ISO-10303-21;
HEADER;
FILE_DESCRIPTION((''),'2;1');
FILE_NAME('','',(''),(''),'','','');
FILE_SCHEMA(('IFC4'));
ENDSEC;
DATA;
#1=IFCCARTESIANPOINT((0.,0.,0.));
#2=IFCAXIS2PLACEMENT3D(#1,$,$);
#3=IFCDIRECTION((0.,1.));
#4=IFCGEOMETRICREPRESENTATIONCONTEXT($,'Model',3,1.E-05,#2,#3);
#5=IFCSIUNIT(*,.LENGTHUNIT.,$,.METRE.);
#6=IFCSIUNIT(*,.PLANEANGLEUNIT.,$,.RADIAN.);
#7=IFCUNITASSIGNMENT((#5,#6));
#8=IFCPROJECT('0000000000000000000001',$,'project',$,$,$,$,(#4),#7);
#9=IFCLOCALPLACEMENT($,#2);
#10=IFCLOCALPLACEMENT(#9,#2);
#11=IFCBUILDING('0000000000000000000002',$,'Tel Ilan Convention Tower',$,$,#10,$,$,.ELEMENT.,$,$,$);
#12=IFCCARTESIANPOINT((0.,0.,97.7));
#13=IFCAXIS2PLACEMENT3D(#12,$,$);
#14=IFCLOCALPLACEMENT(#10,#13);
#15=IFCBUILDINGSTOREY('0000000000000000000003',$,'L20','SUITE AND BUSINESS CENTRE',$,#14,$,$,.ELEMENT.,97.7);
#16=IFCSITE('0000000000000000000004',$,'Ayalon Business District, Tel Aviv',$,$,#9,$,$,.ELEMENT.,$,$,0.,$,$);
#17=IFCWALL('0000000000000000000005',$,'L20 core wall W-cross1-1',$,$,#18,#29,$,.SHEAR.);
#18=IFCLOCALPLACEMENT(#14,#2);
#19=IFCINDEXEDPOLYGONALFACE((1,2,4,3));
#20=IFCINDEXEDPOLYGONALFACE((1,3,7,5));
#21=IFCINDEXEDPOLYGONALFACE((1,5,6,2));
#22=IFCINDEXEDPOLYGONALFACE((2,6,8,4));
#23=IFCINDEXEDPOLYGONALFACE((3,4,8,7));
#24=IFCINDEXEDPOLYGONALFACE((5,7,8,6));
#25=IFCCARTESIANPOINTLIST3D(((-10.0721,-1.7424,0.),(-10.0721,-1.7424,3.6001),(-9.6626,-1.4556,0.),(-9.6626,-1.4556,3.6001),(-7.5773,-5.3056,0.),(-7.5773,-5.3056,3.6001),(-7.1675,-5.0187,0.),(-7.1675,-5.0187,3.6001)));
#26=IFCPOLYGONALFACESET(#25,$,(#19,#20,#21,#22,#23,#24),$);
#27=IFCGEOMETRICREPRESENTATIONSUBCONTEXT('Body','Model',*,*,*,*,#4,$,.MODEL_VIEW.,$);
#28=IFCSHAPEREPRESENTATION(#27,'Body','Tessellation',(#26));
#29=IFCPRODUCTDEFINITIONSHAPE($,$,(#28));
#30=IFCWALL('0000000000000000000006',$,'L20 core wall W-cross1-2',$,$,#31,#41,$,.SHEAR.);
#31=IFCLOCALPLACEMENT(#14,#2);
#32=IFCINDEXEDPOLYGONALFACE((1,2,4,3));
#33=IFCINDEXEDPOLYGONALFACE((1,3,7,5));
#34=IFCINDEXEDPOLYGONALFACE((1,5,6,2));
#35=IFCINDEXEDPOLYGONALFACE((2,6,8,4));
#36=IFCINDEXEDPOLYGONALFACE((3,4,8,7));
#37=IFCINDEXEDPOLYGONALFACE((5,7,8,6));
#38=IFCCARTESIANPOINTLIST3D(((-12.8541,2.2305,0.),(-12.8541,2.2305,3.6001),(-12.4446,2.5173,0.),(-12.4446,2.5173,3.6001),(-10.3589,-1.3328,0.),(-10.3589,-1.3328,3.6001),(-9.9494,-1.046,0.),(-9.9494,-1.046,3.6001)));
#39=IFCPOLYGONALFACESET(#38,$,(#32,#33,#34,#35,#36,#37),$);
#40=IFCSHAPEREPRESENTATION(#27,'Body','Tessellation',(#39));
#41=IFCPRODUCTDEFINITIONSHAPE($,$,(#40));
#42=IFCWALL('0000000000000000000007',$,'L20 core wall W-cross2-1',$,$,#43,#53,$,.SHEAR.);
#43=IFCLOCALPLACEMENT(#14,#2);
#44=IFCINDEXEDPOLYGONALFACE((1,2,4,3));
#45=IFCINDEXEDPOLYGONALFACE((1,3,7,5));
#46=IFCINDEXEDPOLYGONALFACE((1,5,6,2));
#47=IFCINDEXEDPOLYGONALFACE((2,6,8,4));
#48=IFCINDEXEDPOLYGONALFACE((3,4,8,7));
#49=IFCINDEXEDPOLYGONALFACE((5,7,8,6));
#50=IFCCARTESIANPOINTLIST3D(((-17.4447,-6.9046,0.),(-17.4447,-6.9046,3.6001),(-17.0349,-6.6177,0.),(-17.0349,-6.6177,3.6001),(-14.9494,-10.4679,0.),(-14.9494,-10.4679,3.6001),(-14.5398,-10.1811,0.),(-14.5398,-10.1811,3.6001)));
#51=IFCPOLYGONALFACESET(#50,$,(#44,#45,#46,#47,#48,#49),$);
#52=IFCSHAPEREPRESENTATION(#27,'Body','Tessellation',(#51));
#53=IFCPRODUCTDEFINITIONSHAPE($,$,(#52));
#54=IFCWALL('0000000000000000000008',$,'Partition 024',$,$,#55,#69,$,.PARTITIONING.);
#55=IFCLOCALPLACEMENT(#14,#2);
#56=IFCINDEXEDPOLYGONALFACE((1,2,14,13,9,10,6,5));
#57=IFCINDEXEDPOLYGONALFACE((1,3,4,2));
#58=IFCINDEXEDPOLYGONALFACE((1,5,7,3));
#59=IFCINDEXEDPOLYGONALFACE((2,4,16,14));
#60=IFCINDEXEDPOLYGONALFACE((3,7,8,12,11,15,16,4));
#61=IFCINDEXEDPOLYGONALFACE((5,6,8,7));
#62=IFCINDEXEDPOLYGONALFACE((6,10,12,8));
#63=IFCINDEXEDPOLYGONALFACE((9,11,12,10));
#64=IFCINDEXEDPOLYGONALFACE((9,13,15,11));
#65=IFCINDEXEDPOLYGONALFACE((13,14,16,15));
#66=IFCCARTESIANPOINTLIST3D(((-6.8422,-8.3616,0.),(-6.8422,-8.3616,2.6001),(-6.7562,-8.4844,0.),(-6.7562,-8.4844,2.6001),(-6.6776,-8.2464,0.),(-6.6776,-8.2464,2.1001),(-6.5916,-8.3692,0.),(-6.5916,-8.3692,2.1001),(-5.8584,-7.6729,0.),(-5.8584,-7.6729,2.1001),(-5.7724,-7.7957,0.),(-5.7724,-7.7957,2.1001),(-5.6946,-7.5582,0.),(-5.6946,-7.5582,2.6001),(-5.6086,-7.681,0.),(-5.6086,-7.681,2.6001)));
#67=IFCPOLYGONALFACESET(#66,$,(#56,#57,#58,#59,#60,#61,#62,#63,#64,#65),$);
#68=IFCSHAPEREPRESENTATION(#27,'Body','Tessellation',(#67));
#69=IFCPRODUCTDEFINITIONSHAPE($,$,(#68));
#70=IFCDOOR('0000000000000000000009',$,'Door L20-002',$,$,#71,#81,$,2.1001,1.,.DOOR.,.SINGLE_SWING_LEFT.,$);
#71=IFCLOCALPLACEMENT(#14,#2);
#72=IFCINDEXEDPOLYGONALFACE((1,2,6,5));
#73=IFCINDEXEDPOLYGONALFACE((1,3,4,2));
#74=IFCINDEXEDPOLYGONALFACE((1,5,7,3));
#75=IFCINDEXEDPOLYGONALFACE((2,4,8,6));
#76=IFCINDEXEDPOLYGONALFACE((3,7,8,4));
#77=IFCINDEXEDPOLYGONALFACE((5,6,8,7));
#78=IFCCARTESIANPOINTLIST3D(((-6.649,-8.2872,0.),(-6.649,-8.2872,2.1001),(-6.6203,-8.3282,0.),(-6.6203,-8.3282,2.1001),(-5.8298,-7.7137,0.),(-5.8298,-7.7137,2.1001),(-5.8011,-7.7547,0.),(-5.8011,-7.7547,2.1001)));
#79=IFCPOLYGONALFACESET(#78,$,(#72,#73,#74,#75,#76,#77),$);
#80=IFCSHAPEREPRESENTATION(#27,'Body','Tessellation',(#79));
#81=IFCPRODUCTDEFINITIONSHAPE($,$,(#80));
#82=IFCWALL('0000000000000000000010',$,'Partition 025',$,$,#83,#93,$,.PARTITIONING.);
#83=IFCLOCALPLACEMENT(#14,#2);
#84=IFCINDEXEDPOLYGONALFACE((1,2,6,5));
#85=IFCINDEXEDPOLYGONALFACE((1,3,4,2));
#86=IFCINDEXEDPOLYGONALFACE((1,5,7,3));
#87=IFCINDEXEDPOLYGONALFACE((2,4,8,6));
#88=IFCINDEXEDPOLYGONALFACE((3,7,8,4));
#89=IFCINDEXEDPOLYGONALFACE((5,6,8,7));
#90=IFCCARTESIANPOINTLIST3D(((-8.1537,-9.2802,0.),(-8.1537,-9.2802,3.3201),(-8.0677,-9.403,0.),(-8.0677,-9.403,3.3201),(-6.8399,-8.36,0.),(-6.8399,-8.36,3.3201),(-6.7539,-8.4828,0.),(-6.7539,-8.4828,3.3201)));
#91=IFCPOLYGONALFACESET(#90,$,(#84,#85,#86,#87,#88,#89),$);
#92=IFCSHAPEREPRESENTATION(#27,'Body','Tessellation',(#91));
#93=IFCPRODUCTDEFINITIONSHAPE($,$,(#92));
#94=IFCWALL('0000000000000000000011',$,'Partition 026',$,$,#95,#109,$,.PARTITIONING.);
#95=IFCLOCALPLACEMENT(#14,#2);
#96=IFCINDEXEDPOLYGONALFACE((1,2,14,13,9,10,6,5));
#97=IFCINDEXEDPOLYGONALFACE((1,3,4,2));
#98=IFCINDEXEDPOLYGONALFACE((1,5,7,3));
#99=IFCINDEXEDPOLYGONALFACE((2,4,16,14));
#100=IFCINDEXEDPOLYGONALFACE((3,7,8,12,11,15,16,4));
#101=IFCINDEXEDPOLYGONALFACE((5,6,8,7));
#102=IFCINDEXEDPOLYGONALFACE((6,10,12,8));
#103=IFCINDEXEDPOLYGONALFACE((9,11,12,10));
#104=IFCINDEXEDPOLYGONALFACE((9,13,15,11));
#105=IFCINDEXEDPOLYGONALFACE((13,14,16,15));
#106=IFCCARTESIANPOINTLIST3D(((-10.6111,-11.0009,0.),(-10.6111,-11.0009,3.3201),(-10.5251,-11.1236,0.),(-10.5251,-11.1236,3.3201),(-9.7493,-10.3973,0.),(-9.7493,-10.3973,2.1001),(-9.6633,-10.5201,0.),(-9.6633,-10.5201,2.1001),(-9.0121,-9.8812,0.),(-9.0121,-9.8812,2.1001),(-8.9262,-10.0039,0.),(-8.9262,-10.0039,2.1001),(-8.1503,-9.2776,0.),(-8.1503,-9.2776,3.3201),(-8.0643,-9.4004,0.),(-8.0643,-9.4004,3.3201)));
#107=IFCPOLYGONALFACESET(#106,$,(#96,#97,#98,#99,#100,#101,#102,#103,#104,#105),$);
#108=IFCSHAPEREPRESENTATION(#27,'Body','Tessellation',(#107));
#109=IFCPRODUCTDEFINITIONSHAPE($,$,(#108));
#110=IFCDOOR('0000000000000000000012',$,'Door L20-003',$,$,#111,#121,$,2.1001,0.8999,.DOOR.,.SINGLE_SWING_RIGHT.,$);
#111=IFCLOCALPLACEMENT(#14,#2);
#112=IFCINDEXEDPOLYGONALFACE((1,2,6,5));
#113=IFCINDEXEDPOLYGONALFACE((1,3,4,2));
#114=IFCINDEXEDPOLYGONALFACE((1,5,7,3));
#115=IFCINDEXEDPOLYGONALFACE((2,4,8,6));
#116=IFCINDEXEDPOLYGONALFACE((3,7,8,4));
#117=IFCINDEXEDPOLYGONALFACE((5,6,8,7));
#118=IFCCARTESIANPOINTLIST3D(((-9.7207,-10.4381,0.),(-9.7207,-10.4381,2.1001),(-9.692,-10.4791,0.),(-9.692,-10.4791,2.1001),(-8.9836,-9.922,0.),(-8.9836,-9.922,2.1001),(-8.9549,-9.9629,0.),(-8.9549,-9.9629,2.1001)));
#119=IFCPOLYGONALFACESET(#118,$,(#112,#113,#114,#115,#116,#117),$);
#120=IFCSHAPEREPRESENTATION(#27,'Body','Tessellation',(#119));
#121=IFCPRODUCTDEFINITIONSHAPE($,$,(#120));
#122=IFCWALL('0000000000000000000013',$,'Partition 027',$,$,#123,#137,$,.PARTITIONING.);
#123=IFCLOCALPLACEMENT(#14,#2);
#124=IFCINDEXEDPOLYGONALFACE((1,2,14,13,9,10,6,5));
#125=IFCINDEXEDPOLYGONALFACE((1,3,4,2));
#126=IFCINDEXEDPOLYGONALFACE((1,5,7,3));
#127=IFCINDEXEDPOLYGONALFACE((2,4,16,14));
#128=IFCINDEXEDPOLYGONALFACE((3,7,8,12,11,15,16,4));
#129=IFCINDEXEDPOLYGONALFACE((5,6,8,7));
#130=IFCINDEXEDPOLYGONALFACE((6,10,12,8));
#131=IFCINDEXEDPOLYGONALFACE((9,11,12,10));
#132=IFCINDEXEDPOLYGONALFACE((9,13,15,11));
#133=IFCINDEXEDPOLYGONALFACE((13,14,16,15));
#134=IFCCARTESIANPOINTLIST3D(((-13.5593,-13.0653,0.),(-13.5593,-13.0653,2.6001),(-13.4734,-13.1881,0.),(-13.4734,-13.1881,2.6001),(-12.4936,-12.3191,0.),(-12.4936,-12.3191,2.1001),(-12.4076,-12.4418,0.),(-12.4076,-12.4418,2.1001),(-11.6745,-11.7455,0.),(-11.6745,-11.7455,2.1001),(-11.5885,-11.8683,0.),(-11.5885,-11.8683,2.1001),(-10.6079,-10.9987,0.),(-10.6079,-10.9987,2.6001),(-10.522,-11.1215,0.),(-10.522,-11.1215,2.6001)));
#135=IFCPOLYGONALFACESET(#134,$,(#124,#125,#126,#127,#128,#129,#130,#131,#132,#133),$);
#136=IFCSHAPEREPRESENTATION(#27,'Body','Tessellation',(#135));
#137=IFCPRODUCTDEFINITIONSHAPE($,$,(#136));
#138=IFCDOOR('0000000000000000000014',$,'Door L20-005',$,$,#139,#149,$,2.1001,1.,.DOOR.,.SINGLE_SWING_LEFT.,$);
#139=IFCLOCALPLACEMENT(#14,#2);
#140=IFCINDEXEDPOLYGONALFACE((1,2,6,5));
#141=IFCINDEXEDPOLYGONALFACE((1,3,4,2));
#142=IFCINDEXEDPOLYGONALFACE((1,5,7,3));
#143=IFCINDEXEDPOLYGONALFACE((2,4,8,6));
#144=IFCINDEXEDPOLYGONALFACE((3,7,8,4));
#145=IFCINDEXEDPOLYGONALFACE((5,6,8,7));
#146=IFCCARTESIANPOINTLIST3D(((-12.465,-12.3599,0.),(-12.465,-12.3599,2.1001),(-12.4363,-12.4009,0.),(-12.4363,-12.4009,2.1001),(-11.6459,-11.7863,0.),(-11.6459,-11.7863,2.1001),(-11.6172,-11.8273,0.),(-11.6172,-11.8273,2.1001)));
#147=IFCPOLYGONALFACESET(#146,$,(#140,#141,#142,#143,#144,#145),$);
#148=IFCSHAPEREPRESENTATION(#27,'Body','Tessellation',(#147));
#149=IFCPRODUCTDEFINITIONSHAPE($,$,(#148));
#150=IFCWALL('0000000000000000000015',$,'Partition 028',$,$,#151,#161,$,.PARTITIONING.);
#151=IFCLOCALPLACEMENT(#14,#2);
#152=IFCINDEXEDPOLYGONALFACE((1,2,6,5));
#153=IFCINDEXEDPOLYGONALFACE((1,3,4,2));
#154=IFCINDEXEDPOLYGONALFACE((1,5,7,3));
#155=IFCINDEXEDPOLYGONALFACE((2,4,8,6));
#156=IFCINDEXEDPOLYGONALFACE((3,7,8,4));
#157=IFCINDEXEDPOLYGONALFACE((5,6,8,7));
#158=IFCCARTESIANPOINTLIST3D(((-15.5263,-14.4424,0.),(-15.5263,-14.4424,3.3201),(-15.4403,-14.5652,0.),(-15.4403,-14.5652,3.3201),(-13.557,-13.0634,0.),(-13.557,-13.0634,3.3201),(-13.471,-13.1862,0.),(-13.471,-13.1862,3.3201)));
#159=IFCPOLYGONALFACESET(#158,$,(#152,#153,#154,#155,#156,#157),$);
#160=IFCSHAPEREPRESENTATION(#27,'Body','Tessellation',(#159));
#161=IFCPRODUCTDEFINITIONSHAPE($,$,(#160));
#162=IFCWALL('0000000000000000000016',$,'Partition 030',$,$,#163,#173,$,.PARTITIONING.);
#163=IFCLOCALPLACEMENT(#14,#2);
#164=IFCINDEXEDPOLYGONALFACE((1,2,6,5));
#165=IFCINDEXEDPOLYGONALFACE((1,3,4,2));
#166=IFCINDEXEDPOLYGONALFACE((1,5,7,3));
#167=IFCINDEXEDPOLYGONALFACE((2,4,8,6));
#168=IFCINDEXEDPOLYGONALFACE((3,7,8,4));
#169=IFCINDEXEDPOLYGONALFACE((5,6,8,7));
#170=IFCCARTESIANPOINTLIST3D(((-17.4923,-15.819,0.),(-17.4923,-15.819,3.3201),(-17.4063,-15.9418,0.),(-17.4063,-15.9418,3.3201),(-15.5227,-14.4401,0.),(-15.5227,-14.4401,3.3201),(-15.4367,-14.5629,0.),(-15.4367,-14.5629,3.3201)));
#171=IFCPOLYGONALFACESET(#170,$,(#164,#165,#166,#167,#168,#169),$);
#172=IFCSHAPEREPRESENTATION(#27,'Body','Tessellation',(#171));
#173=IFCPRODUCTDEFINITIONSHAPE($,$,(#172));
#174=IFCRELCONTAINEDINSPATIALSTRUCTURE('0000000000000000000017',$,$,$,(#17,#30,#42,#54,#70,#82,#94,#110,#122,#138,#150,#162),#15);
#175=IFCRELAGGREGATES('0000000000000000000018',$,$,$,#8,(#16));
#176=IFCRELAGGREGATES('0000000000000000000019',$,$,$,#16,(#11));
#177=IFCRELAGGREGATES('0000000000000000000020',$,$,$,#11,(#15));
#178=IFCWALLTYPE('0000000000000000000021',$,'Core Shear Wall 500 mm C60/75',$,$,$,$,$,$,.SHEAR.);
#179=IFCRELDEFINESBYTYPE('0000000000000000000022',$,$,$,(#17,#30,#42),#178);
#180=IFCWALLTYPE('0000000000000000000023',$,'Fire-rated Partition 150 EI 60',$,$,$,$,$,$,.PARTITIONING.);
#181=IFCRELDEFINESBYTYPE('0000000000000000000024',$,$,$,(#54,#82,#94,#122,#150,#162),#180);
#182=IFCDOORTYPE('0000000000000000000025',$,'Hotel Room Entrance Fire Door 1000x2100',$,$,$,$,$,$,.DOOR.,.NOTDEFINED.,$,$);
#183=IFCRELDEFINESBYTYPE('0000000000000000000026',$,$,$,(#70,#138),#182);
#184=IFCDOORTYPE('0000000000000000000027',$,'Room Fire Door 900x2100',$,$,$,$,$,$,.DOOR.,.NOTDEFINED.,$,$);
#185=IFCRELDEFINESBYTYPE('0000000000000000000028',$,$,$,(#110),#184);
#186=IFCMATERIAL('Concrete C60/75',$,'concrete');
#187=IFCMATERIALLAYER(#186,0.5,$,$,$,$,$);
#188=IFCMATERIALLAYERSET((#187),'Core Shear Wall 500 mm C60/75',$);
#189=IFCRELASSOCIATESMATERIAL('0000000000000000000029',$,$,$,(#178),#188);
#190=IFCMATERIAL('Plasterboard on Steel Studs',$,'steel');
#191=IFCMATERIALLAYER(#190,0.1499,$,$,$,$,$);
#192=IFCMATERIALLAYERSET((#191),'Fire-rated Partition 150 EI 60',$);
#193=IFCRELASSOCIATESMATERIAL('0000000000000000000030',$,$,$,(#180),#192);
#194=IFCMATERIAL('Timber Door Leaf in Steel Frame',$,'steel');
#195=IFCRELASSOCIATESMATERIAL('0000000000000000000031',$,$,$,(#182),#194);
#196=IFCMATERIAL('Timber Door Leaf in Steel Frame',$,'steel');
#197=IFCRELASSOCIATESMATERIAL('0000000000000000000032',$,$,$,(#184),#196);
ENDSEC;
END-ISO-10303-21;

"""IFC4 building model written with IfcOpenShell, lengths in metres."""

from ifc_helpers import new_model, si_unit, direction, frame, frame_2d, origin, place, context, subcontext, project, spatial, polyline, rectangle, outline, extrude, material, layer, layer_set, type_object, element, fill, save


model = new_model("IFC4")

# Units and contexts
model_context = context("Model", 3, precision=1e-05, world=origin(), true_north=direction((0.0, 1.0)))
body_context = subcontext(model_context, "Body", "Model", "MODEL_VIEW")
ifc_project = project(units=[si_unit("LENGTHUNIT", "METRE"), si_unit("PLANEANGLEUNIT", "RADIAN")], contexts=[model_context])

# Site, building, storey
site_placement = place(None, origin())
site = spatial("IfcSite", under=ifc_project, at=site_placement, Name="Ayalon Business District, Tel Aviv", CompositionType="ELEMENT", RefElevation=0.0)
building_placement = place(site_placement, origin())
building = spatial("IfcBuilding", under=site, at=building_placement, Name="Tel Ilan Convention Tower", CompositionType="ELEMENT")
storey_placement = place(building_placement, frame((0.0, 0.0, 97.7)))
storey = spatial("IfcBuildingStorey", under=building, at=storey_placement, Name="L20", Description="SUITE AND BUSINESS CENTRE", CompositionType="ELEMENT", Elevation=97.7)

# Walls
ifc_material_1 = material(Name="Concrete C60/75", Category="concrete")
ifc_layer_1 = layer(ifc_material_1, 0.5)
ifc_layer_set_1 = layer_set([ifc_layer_1], Name="Core Shear Wall 500 mm C60/75")
wall_type_1 = type_object("IfcWallType", Name="Core Shear Wall 500 mm C60/75", PredefinedType="SHEAR", material=ifc_layer_set_1)
wall_1_placement = place(storey_placement, frame((-7.3723, -5.1621, 0.0), z_axis=(0.0, 0.0, 1.0), x_axis=(-0.573594, 0.81914, 0.0)))
element("IfcWall", 1, at=wall_1_placement, inside=storey, type_object=wall_type_1, Name="L20 core wall W-cross1-1", PredefinedType="SHEAR", context=body_context, shape_type="SweptSolid", body=[
    extrude(outline(polyline([(4.3499, 0.25), (0.0, 0.2502), (0.0, -0.25), (4.3499, -0.25), (4.3499, 0.25)])), origin(), (0.0, 0.0, 1.0), 3.6001),
])
wall_2_placement = place(storey_placement, frame((-10.1543, -1.1892, 0.0), z_axis=(0.0, 0.0, 1.0), x_axis=(-0.573594, 0.81914, 0.0)))
element("IfcWall", 2, at=wall_2_placement, inside=storey, type_object=wall_type_1, Name="L20 core wall W-cross1-2", PredefinedType="SHEAR", context=body_context, shape_type="SweptSolid", body=[
    extrude(outline(polyline([(4.3499, -0.25), (4.3499, 0.25), (-0.0002, 0.25), (-0.0002, -0.25), (4.3499, -0.25)])), origin(), (0.0, 0.0, 1.0), 3.6001),
])
wall_3_placement = place(storey_placement, frame((-14.7446, -10.3245, 0.0), z_axis=(0.0, 0.0, 1.0), x_axis=(-0.573568, 0.819158, 0.0)))
element("IfcWall", 3, at=wall_3_placement, inside=storey, type_object=wall_type_1, Name="L20 core wall W-cross2-1", PredefinedType="SHEAR", context=body_context, shape_type="SweptSolid", body=[
    extrude(outline(polyline([(4.3501, 0.2502), (0.0, 0.25), (0.0, -0.25), (4.3501, -0.25), (4.3501, 0.2502)])), origin(), (0.0, 0.0, 1.0), 3.6001),
])

# Wall, opening, door
ifc_material_2 = material(Name="Plasterboard on Steel Studs", Category="steel")
ifc_layer_2 = layer(ifc_material_2, 0.1499)
ifc_layer_set_2 = layer_set([ifc_layer_2], Name="Fire-rated Partition 150 EI 60")
wall_type_2 = type_object("IfcWallType", Name="Fire-rated Partition 150 EI 60", PredefinedType="PARTITIONING", material=ifc_layer_set_2)
wall_4_placement = place(storey_placement, frame((-5.6516, -7.6196, 0.0), z_axis=(0.0, 0.0, 1.0), x_axis=(-0.819207, -0.573497, 0.0)))
wall_4 = element("IfcWall", 4, at=wall_4_placement, inside=storey, type_object=wall_type_2, Name="Partition 024", PredefinedType="PARTITIONING", context=body_context, shape_type="SweptSolid", body=[
    extrude(rectangle(XDim=1.4009, YDim=0.1499, at=frame_2d((0.7004, 0.0))), origin(), (0.0, 0.0, 1.0), 2.6001),
])
opening_1_placement = place(wall_4_placement, frame((0.2, 0.0, 0.0)))
opening_1 = element("IfcOpeningElement", 5, at=opening_1_placement, cuts=wall_4, PredefinedType="OPENING", context=body_context, shape_type="SweptSolid", body=[
    extrude(rectangle(XDim=1.0, YDim=2.1001, at=frame_2d((0.5, 1.05))), frame((0.0, 0.085, 0.0), z_axis=(0.0, -1.0, 0.0), x_axis=(1.0, 0.0, 0.0)), (0.0, 0.0, 1.0), 0.1699),
])
ifc_material_3 = material(Name="Timber Door Leaf in Steel Frame", Category="steel")
door_type_1 = type_object("IfcDoorType", Name="Hotel Room Entrance Fire Door 1000x2100", OperationType="NOTDEFINED", PredefinedType="DOOR", material=ifc_material_3)
door_1_placement = place(opening_1_placement, origin())
door_1 = element("IfcDoor", 6, at=door_1_placement, inside=storey, type_object=door_type_1, Name="Door L20-002", OperationType="SINGLE_SWING_LEFT", OverallHeight=2.1001, OverallWidth=1.0, PredefinedType="DOOR", context=body_context, shape_type="SweptSolid", body=[
    extrude(rectangle(XDim=1.0, YDim=2.1001, at=frame_2d((0.5, 1.05))), frame((0.0, 0.0249, 0.0), z_axis=(0.0, -1.0, 0.0), x_axis=(1.0, 0.0, 0.0)), (0.0, 0.0, 1.0), 0.05),
])
fill(opening_1, door_1)

# Wall
wall_5_placement = place(storey_placement, frame((-6.7969, -8.4214, 0.0), z_axis=(0.0, 0.0, 1.0), x_axis=(-0.819067, -0.573697, 0.0)))
element("IfcWall", 7, at=wall_5_placement, inside=storey, type_object=wall_type_2, Name="Partition 025", PredefinedType="PARTITIONING", context=body_context, shape_type="SweptSolid", body=[
    extrude(rectangle(XDim=1.604, YDim=0.1499, at=frame_2d((0.802, 0.0))), origin(), (0.0, 0.0, 1.0), 3.3201),
])

# Walls, openings, doors
wall_6_placement = place(storey_placement, frame((-8.1074, -9.3391, 0.0), z_axis=(0.0, 0.0, 1.0), x_axis=(-0.819129, -0.57361, 0.0)))
wall_6 = element("IfcWall", 8, at=wall_6_placement, inside=storey, type_object=wall_type_2, Name="Partition 026", PredefinedType="PARTITIONING", context=body_context, shape_type="SweptSolid", body=[
    extrude(rectangle(XDim=3.0042, YDim=0.1499, at=frame_2d((1.502, 0.0))), origin(), (0.0, 0.0, 1.0), 3.3201),
])
opening_2_placement = place(wall_6_placement, frame((1.052, 0.0, 0.0)))
opening_2 = element("IfcOpeningElement", 9, at=opening_2_placement, cuts=wall_6, PredefinedType="OPENING", context=body_context, shape_type="SweptSolid", body=[
    extrude(rectangle(XDim=0.8999, YDim=2.1001, at=frame_2d((0.45, 1.05))), frame((0.0, 0.085, 0.0), z_axis=(0.0, -1.0, 0.0), x_axis=(1.0, 0.0, 0.0)), (0.0, 0.0, 1.0), 0.1699),
])
ifc_material_4 = material(Name="Timber Door Leaf in Steel Frame", Category="steel")
door_type_2 = type_object("IfcDoorType", Name="Room Fire Door 900x2100", OperationType="NOTDEFINED", PredefinedType="DOOR", material=ifc_material_4)
door_2_placement = place(opening_2_placement, origin())
door_2 = element("IfcDoor", 10, at=door_2_placement, inside=storey, type_object=door_type_2, Name="Door L20-003", OperationType="SINGLE_SWING_RIGHT", OverallHeight=2.1001, OverallWidth=0.8999, PredefinedType="DOOR", context=body_context, shape_type="SweptSolid", body=[
    extrude(rectangle(XDim=0.8999, YDim=2.1001, at=frame_2d((0.45, 1.05))), frame((0.0, 0.0249, 0.0), z_axis=(0.0, -1.0, 0.0), x_axis=(1.0, 0.0, 0.0)), (0.0, 0.0, 1.0), 0.05),
])
fill(opening_2, door_2)
wall_7_placement = place(storey_placement, frame((-10.5649, -11.0601, 0.0), z_axis=(0.0, 0.0, 1.0), x_axis=(-0.819146, -0.573585, 0.0)))
wall_7 = element("IfcWall", 11, at=wall_7_placement, inside=storey, type_object=wall_type_2, Name="Partition 027", PredefinedType="PARTITIONING", context=body_context, shape_type="SweptSolid", body=[
    extrude(rectangle(XDim=3.603, YDim=0.1499, at=frame_2d((1.8015, 0.0))), origin(), (0.0, 0.0, 1.0), 2.6001),
])
opening_3_placement = place(wall_7_placement, frame((1.302, 0.0, 0.0)))
opening_3 = element("IfcOpeningElement", 12, at=opening_3_placement, cuts=wall_7, PredefinedType="OPENING", context=body_context, shape_type="SweptSolid", body=[
    extrude(rectangle(XDim=1.0, YDim=2.1001, at=frame_2d((0.5, 1.05))), frame((0.0, 0.085, 0.0), z_axis=(0.0, -1.0, 0.0), x_axis=(1.0, 0.0, 0.0)), (0.0, 0.0, 1.0), 0.1699),
])
door_3_placement = place(opening_3_placement, origin())
door_3 = element("IfcDoor", 13, at=door_3_placement, inside=storey, type_object=door_type_1, Name="Door L20-005", OperationType="SINGLE_SWING_LEFT", OverallHeight=2.1001, OverallWidth=1.0, PredefinedType="DOOR", context=body_context, shape_type="SweptSolid", body=[
    extrude(rectangle(XDim=1.0, YDim=2.1001, at=frame_2d((0.5, 1.05))), frame((0.0, 0.0249, 0.0), z_axis=(0.0, -1.0, 0.0), x_axis=(1.0, 0.0, 0.0)), (0.0, 0.0, 1.0), 0.05),
])
fill(opening_3, door_3)

# Walls
wall_8_placement = place(storey_placement, frame((-13.5139, -13.1248, 0.0), z_axis=(0.0, 0.0, 1.0), x_axis=(-0.819146, -0.573585, 0.0)))
element("IfcWall", 14, at=wall_8_placement, inside=storey, type_object=wall_type_2, Name="Partition 028", PredefinedType="PARTITIONING", context=body_context, shape_type="SweptSolid", body=[
    extrude(rectangle(XDim=2.4041, YDim=0.1499, at=frame_2d((1.2021, 0.0))), origin(), (0.0, 0.0, 1.0), 3.3201),
])
wall_9_placement = place(storey_placement, frame((-15.4797, -14.5015, 0.0), z_axis=(0.0, 0.0, 1.0), x_axis=(-0.819179, -0.573537, 0.0)))
element("IfcWall", 15, at=wall_9_placement, inside=storey, type_object=wall_type_2, Name="Partition 030", PredefinedType="PARTITIONING", context=body_context, shape_type="SweptSolid", body=[
    extrude(rectangle(XDim=2.4043, YDim=0.1499, at=frame_2d((1.2021, 0.0))), origin(), (0.0, 0.0, 1.0), 3.3201),
])

save(model, "model.ifc")
